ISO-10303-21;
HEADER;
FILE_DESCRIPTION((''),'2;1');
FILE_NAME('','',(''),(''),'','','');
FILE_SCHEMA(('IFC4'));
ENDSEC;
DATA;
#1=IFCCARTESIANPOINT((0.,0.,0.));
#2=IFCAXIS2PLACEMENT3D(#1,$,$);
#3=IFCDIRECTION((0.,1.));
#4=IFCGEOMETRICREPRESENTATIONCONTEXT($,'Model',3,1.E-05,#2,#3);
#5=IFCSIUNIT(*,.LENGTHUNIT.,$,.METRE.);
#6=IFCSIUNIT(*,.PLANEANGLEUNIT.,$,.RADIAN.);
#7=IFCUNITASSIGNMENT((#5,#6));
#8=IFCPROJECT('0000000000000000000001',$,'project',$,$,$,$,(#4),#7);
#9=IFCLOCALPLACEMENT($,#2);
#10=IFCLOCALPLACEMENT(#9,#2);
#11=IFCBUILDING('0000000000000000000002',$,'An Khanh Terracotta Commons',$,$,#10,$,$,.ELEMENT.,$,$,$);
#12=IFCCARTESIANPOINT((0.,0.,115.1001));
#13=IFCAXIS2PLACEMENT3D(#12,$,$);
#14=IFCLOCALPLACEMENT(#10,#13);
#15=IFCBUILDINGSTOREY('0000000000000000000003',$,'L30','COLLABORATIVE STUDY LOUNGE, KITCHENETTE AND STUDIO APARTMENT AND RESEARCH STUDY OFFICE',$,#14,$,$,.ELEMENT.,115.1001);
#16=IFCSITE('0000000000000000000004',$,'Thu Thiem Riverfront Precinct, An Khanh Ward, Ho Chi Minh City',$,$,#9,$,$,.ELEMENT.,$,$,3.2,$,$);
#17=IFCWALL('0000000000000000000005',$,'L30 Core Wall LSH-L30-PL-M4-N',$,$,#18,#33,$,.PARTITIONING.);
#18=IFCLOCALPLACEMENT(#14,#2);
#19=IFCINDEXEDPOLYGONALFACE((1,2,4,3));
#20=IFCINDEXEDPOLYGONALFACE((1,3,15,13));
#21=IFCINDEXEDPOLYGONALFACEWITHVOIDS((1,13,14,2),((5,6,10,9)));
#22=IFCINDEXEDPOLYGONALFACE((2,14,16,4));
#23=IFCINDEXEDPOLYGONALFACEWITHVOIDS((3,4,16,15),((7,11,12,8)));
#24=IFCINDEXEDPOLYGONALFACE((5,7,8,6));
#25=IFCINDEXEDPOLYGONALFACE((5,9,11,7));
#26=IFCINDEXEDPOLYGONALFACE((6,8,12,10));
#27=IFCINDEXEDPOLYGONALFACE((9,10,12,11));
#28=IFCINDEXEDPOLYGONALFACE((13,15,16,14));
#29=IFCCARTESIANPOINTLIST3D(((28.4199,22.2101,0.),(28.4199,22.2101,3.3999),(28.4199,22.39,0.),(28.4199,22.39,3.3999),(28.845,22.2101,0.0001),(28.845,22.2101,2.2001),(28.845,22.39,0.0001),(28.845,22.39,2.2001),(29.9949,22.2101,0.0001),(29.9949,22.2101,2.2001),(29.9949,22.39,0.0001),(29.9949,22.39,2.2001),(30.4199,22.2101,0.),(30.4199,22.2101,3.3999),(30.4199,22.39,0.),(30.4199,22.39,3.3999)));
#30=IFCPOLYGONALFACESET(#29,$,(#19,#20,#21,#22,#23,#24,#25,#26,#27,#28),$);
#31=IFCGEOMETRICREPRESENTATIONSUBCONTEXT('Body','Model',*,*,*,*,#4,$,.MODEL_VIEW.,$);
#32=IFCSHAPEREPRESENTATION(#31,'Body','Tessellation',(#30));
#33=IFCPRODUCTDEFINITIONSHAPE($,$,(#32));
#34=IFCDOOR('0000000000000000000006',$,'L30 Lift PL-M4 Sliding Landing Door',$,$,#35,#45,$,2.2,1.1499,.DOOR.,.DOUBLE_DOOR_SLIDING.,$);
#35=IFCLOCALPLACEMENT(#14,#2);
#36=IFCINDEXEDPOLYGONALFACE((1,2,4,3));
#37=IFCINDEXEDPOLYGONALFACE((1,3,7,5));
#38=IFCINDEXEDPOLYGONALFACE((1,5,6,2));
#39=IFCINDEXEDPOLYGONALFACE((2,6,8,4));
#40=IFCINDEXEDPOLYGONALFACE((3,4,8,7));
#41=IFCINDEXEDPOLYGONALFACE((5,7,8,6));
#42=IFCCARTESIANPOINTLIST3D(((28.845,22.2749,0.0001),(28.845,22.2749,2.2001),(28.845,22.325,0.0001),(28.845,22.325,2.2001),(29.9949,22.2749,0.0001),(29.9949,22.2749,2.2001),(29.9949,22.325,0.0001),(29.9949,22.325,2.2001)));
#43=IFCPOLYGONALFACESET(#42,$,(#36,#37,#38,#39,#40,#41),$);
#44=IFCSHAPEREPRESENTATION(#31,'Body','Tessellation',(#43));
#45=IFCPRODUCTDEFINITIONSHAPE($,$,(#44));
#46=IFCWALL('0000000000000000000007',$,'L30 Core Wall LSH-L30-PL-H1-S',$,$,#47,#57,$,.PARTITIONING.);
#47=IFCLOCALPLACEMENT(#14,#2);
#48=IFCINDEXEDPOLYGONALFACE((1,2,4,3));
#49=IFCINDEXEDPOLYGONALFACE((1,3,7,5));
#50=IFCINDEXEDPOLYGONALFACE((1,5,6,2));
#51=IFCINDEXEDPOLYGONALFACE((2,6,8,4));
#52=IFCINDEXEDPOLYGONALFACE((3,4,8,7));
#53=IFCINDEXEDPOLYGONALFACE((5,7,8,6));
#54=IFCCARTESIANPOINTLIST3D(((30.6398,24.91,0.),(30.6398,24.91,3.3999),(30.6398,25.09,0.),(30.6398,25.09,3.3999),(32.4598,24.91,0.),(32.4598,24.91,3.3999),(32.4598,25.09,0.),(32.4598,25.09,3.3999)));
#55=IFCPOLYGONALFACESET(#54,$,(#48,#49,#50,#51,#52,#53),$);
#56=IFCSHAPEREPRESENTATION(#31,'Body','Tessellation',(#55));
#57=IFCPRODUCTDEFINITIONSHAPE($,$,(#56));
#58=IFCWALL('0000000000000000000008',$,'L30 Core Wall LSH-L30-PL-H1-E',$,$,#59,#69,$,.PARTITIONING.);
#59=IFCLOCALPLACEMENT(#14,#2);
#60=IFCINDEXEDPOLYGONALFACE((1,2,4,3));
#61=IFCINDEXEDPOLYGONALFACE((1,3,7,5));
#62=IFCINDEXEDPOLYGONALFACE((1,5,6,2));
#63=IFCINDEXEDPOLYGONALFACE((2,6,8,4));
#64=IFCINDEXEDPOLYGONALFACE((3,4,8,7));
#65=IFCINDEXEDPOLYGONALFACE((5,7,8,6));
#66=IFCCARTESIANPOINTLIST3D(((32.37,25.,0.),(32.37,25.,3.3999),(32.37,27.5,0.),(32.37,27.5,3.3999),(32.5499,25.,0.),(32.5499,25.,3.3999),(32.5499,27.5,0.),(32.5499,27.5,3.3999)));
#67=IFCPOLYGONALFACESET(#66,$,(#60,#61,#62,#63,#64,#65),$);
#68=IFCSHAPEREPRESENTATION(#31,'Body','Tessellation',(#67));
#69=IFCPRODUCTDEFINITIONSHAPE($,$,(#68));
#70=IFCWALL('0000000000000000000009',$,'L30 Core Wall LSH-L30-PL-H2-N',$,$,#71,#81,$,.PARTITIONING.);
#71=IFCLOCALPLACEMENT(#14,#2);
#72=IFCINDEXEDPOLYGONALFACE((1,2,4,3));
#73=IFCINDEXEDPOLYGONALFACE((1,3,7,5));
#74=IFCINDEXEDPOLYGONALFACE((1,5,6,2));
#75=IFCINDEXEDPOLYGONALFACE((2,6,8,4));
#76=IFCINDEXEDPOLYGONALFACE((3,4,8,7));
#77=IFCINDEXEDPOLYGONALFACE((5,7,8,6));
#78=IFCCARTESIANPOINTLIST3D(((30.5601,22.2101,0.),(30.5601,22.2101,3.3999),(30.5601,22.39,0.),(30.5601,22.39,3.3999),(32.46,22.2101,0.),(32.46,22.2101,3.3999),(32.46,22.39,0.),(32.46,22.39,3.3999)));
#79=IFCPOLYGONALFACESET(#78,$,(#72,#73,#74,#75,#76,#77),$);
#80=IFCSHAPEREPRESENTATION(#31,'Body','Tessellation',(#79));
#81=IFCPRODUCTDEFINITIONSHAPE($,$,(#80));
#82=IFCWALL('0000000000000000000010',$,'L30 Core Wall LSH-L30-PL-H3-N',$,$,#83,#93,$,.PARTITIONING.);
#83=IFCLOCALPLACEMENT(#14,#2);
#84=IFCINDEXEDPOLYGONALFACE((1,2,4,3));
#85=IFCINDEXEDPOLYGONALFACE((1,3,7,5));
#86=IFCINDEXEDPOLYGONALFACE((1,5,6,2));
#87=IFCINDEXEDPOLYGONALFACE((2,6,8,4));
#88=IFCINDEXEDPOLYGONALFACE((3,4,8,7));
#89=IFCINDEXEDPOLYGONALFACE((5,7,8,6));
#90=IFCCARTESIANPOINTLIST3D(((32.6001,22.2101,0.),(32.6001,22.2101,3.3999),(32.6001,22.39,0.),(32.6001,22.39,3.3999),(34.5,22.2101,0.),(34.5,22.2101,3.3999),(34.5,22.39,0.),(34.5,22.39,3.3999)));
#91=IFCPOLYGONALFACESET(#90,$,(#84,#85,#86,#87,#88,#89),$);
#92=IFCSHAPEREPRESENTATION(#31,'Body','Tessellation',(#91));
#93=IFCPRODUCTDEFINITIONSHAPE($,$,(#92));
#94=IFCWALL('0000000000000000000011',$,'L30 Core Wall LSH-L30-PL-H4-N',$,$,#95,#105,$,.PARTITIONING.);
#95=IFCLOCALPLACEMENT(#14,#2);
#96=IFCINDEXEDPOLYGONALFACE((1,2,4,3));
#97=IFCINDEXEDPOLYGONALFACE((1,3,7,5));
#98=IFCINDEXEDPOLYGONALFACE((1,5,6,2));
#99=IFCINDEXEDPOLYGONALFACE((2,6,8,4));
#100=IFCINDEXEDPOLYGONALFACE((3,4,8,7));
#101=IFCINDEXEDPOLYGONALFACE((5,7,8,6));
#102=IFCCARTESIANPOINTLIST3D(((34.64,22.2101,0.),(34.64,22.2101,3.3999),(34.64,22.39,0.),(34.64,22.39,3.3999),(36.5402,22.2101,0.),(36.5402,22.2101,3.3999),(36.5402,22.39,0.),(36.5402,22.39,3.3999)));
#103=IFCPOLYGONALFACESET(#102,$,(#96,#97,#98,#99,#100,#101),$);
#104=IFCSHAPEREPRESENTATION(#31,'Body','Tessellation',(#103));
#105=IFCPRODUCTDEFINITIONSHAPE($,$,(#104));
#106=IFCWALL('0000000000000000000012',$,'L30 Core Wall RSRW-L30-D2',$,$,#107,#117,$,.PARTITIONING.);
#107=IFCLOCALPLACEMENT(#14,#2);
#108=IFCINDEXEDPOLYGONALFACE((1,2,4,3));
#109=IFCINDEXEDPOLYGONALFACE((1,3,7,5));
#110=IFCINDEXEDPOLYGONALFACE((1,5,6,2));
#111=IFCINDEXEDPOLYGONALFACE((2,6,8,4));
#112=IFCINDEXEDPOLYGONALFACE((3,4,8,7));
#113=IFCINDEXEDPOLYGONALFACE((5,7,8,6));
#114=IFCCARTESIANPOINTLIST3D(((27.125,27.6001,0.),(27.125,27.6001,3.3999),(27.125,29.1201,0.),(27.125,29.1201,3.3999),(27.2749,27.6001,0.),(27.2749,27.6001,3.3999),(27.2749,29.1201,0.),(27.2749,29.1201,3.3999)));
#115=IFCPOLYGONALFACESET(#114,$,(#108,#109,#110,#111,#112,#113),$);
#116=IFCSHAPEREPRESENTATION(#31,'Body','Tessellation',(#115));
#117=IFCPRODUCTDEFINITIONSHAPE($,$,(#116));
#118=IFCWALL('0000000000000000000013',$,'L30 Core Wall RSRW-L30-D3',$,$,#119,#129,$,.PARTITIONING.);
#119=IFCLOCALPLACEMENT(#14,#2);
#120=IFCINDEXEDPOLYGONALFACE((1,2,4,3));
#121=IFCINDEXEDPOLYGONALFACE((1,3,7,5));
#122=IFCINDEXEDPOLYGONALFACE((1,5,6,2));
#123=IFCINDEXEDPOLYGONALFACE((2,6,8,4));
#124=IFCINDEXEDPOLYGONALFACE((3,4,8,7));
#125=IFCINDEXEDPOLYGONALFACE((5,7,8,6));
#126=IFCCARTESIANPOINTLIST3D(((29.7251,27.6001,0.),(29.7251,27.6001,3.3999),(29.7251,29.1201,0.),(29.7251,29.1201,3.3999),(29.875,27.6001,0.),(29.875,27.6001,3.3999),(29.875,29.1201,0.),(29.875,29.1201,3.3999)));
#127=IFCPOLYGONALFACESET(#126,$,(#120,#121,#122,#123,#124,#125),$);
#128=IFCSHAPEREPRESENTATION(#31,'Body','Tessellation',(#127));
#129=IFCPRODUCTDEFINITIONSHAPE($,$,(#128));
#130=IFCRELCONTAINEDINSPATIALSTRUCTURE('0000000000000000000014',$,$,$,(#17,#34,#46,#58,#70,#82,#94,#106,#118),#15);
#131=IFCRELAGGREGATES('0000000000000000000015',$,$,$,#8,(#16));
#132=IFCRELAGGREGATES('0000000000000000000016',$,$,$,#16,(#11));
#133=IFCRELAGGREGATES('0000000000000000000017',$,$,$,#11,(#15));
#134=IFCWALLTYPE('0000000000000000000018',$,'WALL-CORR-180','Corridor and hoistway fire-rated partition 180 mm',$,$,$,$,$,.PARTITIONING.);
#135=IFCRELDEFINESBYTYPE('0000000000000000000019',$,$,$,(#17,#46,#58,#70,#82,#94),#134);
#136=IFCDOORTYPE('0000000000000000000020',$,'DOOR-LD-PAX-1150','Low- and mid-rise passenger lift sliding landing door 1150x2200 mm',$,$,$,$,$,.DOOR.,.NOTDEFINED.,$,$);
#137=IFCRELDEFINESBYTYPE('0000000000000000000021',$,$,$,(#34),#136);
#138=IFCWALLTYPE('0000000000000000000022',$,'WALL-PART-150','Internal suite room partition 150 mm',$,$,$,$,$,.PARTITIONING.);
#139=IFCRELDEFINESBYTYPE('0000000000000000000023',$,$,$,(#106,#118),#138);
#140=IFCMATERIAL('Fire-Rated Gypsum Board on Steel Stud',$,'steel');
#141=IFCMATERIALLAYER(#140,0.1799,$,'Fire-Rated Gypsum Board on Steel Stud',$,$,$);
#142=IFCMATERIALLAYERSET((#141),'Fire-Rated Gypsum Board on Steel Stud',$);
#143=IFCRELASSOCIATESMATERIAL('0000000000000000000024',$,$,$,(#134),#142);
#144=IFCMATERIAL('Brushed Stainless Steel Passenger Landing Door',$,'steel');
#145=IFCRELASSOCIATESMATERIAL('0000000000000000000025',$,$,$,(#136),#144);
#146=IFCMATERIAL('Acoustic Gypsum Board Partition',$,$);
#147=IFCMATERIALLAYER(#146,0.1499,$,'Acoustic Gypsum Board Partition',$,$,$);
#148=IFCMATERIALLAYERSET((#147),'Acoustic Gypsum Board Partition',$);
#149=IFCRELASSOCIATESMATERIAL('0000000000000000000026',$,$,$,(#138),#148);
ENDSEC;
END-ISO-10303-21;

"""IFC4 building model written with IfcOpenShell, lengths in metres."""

from ifc_helpers import new_model, si_unit, direction, frame, frame_2d, origin, place, context, subcontext, project, spatial, rectangle, extrude, material, layer, layer_set, type_object, element, fill, save


model = new_model("IFC4")

# Units and contexts
model_context = context("Model", 3, precision=1e-05, world=origin(), true_north=direction((0.0, 1.0)))
body_context = subcontext(model_context, "Body", "Model", "MODEL_VIEW")
ifc_project = project(units=[si_unit("LENGTHUNIT", "METRE"), si_unit("PLANEANGLEUNIT", "RADIAN")], contexts=[model_context])

# Site, building, storey
site_placement = place(None, origin())
site = spatial("IfcSite", under=ifc_project, at=site_placement, Name="Thu Thiem Riverfront Precinct, An Khanh Ward, Ho Chi Minh City", CompositionType="ELEMENT", RefElevation=3.2)
building_placement = place(site_placement, origin())
building = spatial("IfcBuilding", under=site, at=building_placement, Name="An Khanh Terracotta Commons", CompositionType="ELEMENT")
storey_placement = place(building_placement, frame((0.0, 0.0, 115.1001)))
storey = spatial("IfcBuildingStorey", under=building, at=storey_placement, Name="L30", Description="COLLABORATIVE STUDY LOUNGE, KITCHENETTE AND STUDIO APARTMENT AND RESEARCH STUDY OFFICE", CompositionType="ELEMENT", Elevation=115.1001)

# Shared definitions
ifc_material_1 = material(Name="Fire-Rated Gypsum Board on Steel Stud", Category="steel")
ifc_layer_1 = layer(ifc_material_1, 0.1799, Name="Fire-Rated Gypsum Board on Steel Stud")
ifc_layer_set_1 = layer_set([ifc_layer_1], Name="Fire-Rated Gypsum Board on Steel Stud")
wall_type_1 = type_object("IfcWallType", Name="WALL-CORR-180", Description="Corridor and hoistway fire-rated partition 180 mm", PredefinedType="PARTITIONING", material=ifc_layer_set_1)

# Shared definitions
ifc_material_2 = material(Name="Brushed Stainless Steel Passenger Landing Door", Category="steel")
door_type = type_object("IfcDoorType", Name="DOOR-LD-PAX-1150", Description="Low- and mid-rise passenger lift sliding landing door 1150x2200 mm", OperationType="NOTDEFINED", PredefinedType="DOOR", material=ifc_material_2)

# Wall, opening, door
wall_1_placement = place(storey_placement, frame((28.4199, 22.3, 0.0), z_axis=(0.0, 0.0, 1.0), x_axis=(1.0, 0.0, 0.0)))
wall_1 = element("IfcWall", 1, at=wall_1_placement, inside=storey, type_object=wall_type_1, Name="L30 Core Wall LSH-L30-PL-M4-N", PredefinedType="PARTITIONING", context=body_context, shape_type="SweptSolid", body=[
    extrude(rectangle(XDim=2.0, YDim=0.1799, at=frame_2d((1.0, 0.0))), origin(), (0.0, 0.0, 1.0), 3.3999),
])
opening_1_placement = place(wall_1_placement, frame((0.425, 0.0, 0.0)))
opening_1 = element("IfcOpeningElement", 2, at=opening_1_placement, cuts=wall_1, PredefinedType="OPENING", context=body_context, shape_type="SweptSolid", body=[
    extrude(rectangle(XDim=1.1499, YDim=2.2, at=frame_2d((0.575, 1.1001))), frame((0.0, 0.0999, 0.0), z_axis=(0.0, -1.0, 0.0), x_axis=(1.0, 0.0, 0.0)), (0.0, 0.0, 1.0), 0.2),
])
door_1_placement = place(opening_1_placement, origin())
door_1 = element("IfcDoor", 3, at=door_1_placement, inside=storey, type_object=door_type, Name="L30 Lift PL-M4 Sliding Landing Door", OperationType="DOUBLE_DOOR_SLIDING", OverallHeight=2.2, OverallWidth=1.1499, PredefinedType="DOOR", context=body_context, shape_type="SweptSolid", body=[
    extrude(rectangle(XDim=1.1499, YDim=2.2, at=frame_2d((0.575, 1.1001))), frame((0.0, 0.0249, 0.0), z_axis=(0.0, -1.0, 0.0), x_axis=(1.0, 0.0, 0.0)), (0.0, 0.0, 1.0), 0.05),
])
fill(opening_1, door_1)

# Walls
wall_2_placement = place(storey_placement, frame((32.46, 25.0, 0.0), z_axis=(0.0, 0.0, 1.0), x_axis=(-1.0, 0.0, 0.0)))
element("IfcWall", 4, at=wall_2_placement, inside=storey, type_object=wall_type_1, Name="L30 Core Wall LSH-L30-PL-H1-S", PredefinedType="PARTITIONING", context=body_context, shape_type="SweptSolid", body=[
    extrude(rectangle(XDim=1.8201, YDim=0.1799, at=frame_2d((0.9102, 0.0))), origin(), (0.0, 0.0, 1.0), 3.3999),
])
wall_3_placement = place(storey_placement, frame((32.46, 25.0, 0.0), z_axis=(0.0, 0.0, 1.0), x_axis=(0.0, 1.0, 0.0)))
element("IfcWall", 5, at=wall_3_placement, inside=storey, type_object=wall_type_1, Name="L30 Core Wall LSH-L30-PL-H1-E", PredefinedType="PARTITIONING", context=body_context, shape_type="SweptSolid", body=[
    extrude(rectangle(XDim=2.5, YDim=0.1799, at=frame_2d((1.25, 0.0))), origin(), (0.0, 0.0, 1.0), 3.3999),
])
for number, where, z_axis, x_axis, name in (
    (6, (30.5601, 22.3, 0.0), (0.0, 0.0, 1.0), (1.0, 0.0, 0.0), "L30 Core Wall LSH-L30-PL-H2-N"),
    (7, (32.6001, 22.3, 0.0), (0.0, 0.0, 1.0), (1.0, 0.0, 0.0), "L30 Core Wall LSH-L30-PL-H3-N"),
):
    element("IfcWall", number, at=place(storey_placement, frame(where, z_axis=z_axis, x_axis=x_axis)), inside=storey, type_object=wall_type_1, Name=name, PredefinedType="PARTITIONING", context=body_context, shape_type="SweptSolid", body=[
        extrude(rectangle(XDim=1.8999, YDim=0.1799, at=frame_2d((0.95, 0.0))), origin(), (0.0, 0.0, 1.0), 3.3999),
    ])
wall_4_placement = place(storey_placement, frame((34.6399, 22.3, 0.0), z_axis=(0.0, 0.0, 1.0), x_axis=(1.0, 0.0, 0.0)))
element("IfcWall", 8, at=wall_4_placement, inside=storey, type_object=wall_type_1, Name="L30 Core Wall LSH-L30-PL-H4-N", PredefinedType="PARTITIONING", context=body_context, shape_type="SweptSolid", body=[
    extrude(rectangle(XDim=1.9001, YDim=0.1799, at=frame_2d((0.9502, 0.0))), origin(), (0.0, 0.0, 1.0), 3.3999),
])
ifc_material_3 = material(Name="Acoustic Gypsum Board Partition")
ifc_layer_2 = layer(ifc_material_3, 0.1499, Name="Acoustic Gypsum Board Partition")
ifc_layer_set_2 = layer_set([ifc_layer_2], Name="Acoustic Gypsum Board Partition")
wall_type_2 = type_object("IfcWallType", Name="WALL-PART-150", Description="Internal suite room partition 150 mm", PredefinedType="PARTITIONING", material=ifc_layer_set_2)
for number, where, z_axis, x_axis, name in (
    (9, (27.2, 27.6001, 0.0), (0.0, 0.0, 1.0), (0.0, 1.0, 0.0), "L30 Core Wall RSRW-L30-D2"),
    (10, (29.8, 27.6001, 0.0), (0.0, 0.0, 1.0), (0.0, 1.0, 0.0), "L30 Core Wall RSRW-L30-D3"),
):
    element("IfcWall", number, at=place(storey_placement, frame(where, z_axis=z_axis, x_axis=x_axis)), inside=storey, type_object=wall_type_2, Name=name, PredefinedType="PARTITIONING", context=body_context, shape_type="SweptSolid", body=[
        extrude(rectangle(XDim=1.52, YDim=0.1499, at=frame_2d((0.76, 0.0))), origin(), (0.0, 0.0, 1.0), 3.3999),
    ])

save(model, "model.ifc")
